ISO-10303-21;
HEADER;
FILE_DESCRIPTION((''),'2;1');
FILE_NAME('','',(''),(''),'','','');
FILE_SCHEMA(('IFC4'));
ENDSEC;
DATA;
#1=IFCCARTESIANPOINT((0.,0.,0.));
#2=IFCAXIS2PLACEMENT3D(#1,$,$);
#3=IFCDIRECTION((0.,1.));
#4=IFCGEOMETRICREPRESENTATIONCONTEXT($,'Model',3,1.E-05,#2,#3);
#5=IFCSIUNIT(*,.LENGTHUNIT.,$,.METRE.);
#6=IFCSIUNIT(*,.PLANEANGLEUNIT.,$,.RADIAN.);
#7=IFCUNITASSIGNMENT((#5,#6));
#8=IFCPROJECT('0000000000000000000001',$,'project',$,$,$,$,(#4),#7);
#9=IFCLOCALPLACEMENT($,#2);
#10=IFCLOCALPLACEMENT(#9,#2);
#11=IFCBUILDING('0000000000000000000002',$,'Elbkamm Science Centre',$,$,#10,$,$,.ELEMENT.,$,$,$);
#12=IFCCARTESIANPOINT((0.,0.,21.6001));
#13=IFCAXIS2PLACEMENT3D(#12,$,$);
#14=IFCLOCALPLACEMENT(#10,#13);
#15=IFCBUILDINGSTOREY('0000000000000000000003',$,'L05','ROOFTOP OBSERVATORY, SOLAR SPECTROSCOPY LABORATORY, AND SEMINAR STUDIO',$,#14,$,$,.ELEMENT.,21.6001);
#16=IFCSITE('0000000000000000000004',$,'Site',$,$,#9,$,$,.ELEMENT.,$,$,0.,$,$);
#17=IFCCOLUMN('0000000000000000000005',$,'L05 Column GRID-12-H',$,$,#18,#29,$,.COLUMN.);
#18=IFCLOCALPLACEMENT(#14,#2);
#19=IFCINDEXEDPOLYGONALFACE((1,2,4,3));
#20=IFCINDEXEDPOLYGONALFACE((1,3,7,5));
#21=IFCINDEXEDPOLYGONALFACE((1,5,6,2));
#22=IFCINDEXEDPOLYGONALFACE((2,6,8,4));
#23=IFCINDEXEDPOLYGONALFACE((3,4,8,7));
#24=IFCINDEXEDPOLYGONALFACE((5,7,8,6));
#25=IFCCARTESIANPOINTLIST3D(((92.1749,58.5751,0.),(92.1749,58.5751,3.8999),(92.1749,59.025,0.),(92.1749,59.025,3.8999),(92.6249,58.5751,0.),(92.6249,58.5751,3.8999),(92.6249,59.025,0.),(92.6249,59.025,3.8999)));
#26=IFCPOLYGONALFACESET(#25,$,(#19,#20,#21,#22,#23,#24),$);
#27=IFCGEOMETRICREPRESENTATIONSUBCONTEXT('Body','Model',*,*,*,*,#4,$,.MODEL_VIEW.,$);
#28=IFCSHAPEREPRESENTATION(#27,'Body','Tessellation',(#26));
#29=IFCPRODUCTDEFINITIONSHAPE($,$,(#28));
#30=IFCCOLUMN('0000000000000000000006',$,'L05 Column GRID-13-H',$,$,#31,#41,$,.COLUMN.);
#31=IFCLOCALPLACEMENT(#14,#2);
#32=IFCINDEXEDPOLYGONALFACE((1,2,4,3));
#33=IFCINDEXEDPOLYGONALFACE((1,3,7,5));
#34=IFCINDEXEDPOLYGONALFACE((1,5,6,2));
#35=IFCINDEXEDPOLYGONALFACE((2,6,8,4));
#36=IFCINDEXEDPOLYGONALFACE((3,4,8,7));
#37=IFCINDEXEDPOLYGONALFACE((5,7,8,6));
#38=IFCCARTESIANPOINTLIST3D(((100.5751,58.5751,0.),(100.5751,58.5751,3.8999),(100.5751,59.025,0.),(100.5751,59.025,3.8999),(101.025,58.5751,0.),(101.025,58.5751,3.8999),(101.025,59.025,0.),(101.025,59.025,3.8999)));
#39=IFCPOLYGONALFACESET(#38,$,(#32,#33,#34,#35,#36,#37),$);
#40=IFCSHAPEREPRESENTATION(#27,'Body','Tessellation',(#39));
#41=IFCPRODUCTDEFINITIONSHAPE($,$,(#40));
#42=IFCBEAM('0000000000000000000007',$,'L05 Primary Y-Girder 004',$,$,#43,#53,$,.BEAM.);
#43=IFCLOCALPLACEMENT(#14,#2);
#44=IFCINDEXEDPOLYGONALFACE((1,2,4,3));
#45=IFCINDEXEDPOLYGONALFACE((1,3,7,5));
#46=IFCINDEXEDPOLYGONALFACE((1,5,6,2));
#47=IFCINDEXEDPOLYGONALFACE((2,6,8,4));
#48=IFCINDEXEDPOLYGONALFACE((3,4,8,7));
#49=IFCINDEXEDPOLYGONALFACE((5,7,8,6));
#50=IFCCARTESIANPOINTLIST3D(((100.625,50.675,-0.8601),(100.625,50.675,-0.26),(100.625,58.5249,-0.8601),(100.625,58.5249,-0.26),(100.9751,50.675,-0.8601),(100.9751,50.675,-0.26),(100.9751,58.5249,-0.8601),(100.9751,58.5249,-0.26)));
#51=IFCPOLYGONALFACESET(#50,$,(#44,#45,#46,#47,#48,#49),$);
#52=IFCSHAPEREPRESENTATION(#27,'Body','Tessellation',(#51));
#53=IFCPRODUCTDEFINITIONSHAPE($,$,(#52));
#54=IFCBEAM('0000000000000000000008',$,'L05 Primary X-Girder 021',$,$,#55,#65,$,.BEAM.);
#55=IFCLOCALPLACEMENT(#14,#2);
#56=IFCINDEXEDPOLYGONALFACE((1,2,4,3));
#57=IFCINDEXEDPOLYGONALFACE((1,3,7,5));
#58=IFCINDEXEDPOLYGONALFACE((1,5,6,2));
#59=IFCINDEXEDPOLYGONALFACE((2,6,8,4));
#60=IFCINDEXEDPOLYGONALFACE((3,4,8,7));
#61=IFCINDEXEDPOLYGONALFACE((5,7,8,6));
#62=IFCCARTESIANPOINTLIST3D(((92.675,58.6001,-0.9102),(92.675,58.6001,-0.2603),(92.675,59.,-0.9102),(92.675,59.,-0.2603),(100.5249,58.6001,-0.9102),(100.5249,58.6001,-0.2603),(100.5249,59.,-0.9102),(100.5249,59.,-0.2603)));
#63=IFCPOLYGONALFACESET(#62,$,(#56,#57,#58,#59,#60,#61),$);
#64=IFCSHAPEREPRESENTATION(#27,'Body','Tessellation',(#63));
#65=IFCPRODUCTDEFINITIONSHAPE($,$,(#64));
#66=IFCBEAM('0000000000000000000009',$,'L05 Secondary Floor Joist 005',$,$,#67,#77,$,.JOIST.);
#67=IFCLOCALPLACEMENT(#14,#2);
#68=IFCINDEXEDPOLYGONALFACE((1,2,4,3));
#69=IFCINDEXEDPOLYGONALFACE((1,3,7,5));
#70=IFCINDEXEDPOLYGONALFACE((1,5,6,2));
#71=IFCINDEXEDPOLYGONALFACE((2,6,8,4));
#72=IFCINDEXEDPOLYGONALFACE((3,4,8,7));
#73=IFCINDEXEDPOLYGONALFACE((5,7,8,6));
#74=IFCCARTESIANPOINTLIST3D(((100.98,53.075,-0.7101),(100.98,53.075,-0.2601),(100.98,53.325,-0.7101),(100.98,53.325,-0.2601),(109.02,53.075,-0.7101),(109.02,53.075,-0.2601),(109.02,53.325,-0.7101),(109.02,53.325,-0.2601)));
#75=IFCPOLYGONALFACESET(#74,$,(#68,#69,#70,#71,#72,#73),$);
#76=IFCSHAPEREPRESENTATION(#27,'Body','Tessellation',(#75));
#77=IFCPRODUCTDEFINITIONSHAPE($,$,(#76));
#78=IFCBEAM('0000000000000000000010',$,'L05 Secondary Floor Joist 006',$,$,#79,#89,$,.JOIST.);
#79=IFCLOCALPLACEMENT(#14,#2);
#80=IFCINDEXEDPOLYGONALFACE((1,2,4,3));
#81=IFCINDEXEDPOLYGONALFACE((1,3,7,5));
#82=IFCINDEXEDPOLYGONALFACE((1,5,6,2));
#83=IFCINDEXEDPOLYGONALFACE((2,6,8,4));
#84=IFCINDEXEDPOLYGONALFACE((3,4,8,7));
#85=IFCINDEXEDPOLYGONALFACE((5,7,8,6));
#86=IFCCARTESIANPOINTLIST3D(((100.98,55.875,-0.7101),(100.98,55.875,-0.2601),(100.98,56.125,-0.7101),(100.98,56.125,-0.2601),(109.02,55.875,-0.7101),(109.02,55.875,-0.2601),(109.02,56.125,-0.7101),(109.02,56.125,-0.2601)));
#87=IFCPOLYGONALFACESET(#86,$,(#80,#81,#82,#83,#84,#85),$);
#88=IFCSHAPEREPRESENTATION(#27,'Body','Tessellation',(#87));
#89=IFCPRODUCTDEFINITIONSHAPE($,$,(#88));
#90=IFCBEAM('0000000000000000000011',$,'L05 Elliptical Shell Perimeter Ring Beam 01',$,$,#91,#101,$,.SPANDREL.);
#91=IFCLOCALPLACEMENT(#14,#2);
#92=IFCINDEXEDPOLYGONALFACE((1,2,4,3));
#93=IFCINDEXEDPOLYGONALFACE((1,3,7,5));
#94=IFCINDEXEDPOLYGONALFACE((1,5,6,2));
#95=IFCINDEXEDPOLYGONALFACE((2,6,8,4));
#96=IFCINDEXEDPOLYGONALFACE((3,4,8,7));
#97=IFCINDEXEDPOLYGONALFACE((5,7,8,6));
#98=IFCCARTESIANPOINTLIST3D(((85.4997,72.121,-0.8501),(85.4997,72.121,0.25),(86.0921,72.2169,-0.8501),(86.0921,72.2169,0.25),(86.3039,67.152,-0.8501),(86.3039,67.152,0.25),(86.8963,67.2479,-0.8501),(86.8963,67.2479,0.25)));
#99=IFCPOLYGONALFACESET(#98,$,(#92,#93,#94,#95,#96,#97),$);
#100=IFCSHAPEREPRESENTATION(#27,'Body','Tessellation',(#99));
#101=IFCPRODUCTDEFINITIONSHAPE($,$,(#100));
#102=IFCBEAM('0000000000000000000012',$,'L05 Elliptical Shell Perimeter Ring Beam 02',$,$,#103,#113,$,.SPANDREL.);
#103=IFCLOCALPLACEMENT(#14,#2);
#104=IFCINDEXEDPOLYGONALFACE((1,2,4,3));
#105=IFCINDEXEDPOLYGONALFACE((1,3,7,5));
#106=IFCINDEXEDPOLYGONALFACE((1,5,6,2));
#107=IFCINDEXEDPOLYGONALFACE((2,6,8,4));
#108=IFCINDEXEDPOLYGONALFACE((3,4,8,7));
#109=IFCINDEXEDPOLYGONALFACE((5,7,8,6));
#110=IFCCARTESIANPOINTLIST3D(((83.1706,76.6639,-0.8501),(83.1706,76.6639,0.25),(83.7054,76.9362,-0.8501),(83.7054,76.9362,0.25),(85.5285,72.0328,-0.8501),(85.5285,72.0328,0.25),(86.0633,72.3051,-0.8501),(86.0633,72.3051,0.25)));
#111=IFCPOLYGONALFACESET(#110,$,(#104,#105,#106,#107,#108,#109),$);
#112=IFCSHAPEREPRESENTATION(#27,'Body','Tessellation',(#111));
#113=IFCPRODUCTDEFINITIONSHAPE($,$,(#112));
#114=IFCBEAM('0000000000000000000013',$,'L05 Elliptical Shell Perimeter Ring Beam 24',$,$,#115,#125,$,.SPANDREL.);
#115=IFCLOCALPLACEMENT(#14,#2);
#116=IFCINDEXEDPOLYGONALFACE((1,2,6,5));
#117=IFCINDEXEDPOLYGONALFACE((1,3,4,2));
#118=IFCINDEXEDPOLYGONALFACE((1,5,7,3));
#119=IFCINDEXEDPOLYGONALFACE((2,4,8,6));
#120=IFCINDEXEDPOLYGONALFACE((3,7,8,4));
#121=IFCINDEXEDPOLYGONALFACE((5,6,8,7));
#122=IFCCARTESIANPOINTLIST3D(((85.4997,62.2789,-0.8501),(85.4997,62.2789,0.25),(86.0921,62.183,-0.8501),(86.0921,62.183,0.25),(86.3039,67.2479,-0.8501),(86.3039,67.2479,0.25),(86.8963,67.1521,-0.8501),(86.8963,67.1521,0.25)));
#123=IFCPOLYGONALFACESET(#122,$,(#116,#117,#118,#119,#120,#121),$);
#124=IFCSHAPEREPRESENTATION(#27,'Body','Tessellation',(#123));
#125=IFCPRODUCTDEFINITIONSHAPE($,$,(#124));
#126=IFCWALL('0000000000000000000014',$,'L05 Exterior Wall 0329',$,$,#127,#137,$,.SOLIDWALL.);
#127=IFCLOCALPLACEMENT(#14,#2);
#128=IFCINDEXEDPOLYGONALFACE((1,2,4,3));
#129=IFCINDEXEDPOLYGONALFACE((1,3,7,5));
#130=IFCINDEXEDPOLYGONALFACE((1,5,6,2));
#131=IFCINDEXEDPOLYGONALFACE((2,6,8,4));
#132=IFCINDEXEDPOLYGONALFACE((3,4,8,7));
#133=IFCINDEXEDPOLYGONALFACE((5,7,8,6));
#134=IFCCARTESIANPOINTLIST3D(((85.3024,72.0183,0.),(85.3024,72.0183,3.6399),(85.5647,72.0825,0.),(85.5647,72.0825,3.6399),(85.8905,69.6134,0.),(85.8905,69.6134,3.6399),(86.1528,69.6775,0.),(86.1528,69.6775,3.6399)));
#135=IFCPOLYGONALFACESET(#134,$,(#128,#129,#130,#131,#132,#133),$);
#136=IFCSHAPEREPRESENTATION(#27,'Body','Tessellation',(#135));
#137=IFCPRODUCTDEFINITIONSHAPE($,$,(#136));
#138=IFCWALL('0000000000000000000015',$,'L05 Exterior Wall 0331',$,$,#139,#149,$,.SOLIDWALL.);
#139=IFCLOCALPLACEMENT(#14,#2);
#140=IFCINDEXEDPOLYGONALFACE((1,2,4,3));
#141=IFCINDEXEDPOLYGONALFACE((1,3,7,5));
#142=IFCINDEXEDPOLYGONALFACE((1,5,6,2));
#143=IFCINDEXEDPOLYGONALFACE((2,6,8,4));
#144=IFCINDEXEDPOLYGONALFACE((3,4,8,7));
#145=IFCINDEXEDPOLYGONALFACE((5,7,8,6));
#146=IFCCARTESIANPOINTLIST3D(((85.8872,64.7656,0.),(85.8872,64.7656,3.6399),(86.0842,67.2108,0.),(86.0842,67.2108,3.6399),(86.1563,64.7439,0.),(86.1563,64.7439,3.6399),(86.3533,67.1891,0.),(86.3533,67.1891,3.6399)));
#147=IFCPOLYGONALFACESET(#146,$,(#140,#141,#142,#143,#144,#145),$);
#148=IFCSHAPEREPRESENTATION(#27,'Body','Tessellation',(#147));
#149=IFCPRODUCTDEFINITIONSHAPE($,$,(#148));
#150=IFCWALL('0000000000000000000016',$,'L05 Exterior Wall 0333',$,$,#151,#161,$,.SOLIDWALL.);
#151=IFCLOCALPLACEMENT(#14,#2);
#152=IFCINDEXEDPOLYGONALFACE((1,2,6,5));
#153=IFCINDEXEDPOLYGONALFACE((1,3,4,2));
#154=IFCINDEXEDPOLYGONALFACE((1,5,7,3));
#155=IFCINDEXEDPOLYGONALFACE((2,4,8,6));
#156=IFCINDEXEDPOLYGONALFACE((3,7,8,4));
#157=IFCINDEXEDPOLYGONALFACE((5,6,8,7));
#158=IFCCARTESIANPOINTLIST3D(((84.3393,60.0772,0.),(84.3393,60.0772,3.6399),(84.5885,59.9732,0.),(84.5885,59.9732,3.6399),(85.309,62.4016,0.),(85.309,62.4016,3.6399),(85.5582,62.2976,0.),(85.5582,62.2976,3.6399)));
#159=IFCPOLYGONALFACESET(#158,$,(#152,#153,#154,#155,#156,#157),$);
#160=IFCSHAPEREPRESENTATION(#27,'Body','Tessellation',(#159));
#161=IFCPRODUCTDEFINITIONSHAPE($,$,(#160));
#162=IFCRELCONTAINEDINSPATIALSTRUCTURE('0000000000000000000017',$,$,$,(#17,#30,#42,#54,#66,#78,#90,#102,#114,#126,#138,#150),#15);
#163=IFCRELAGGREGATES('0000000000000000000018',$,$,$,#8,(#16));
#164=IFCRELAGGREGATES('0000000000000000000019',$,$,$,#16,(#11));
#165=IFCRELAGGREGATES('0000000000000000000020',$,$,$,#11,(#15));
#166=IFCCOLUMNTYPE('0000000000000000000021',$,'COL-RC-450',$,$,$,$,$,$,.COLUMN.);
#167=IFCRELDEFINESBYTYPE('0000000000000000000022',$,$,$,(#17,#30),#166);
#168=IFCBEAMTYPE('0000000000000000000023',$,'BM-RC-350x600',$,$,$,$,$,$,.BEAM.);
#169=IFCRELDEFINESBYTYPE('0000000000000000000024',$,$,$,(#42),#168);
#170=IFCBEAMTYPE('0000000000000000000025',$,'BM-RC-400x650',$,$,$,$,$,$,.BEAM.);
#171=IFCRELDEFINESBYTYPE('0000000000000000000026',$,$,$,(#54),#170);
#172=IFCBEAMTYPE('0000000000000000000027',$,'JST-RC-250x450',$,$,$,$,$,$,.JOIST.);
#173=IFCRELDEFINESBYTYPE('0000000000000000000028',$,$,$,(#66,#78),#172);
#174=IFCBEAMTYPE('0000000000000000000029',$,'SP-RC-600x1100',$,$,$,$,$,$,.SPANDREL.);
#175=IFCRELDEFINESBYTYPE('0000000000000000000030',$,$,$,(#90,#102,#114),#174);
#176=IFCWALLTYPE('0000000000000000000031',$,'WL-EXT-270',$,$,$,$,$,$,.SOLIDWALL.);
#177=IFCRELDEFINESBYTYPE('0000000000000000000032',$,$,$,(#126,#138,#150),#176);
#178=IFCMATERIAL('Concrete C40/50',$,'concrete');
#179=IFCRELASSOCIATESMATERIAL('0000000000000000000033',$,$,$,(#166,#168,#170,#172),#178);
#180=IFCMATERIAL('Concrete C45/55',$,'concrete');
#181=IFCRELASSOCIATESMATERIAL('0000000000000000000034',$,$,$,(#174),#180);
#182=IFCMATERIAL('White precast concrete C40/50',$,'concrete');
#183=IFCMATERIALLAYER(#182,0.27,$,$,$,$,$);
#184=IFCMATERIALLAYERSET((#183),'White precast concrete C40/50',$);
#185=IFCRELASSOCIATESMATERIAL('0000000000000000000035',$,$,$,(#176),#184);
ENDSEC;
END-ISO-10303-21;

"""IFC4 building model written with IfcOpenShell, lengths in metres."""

from ifc_helpers import new_model, si_unit, direction, frame, frame_2d, origin, origin_2d, place, context, subcontext, project, spatial, rectangle, extrude, material, layer, layer_set, material_profile, profile_set, type_object, element, save


model = new_model("IFC4")

# Units and contexts
model_context = context("Model", 3, precision=1e-05, world=origin(), true_north=direction((0.0, 1.0)))
body_context = subcontext(model_context, "Body", "Model", "MODEL_VIEW")
ifc_project = project(units=[si_unit("LENGTHUNIT", "METRE"), si_unit("PLANEANGLEUNIT", "RADIAN")], contexts=[model_context])

# Site, building, storey
site_placement = place(None, origin())
site = spatial("IfcSite", under=ifc_project, at=site_placement, Name="Site", CompositionType="ELEMENT", RefElevation=0.0)
building_placement = place(site_placement, origin())
building = spatial("IfcBuilding", under=site, at=building_placement, Name="Elbkamm Science Centre", CompositionType="ELEMENT")
storey_placement = place(building_placement, frame((0.0, 0.0, 21.6001)))
storey = spatial("IfcBuildingStorey", under=building, at=storey_placement, Name="L05", Description="ROOFTOP OBSERVATORY, SOLAR SPECTROSCOPY LABORATORY, AND SEMINAR STUDIO", CompositionType="ELEMENT", Elevation=21.6001)

# Columns
ifc_material_1 = material(Name="Concrete C40/50", Category="concrete")
ifc_material_profile_1 = material_profile(ifc_material_1, rectangle(XDim=0.45, YDim=0.45, at=origin_2d()), Name="RC 450x450")
ifc_profile_set_1 = profile_set([ifc_material_profile_1], Name="Concrete C40/50")
column_type = type_object("IfcColumnType", Name="COL-RC-450", PredefinedType="COLUMN", material=ifc_profile_set_1)
for number, where, z_axis, x_axis, name in (
    (1, (92.3999, 58.8, 0.0), (0.0, 0.0, 1.0), (1.0, 0.0, 0.0), "L05 Column GRID-12-H"),
    (2, (100.8, 58.8, 0.0), (0.0, 0.0, 1.0), (1.0, 0.0, 0.0), "L05 Column GRID-13-H"),
):
    element("IfcColumn", number, at=place(storey_placement, frame(where, z_axis=z_axis, x_axis=x_axis)), inside=storey, type_object=column_type, Name=name, PredefinedType="COLUMN", context=body_context, shape_type="SweptSolid", body=[
        extrude(rectangle(XDim=0.45, YDim=0.45, at=origin_2d()), origin(), (0.0, 0.0, 1.0), 3.8999),
    ])

# Beams
ifc_material_profile_2 = material_profile(ifc_material_1, rectangle(XDim=0.3501, YDim=0.6001, at=origin_2d()), Name="RC 350x600")
ifc_profile_set_2 = profile_set([ifc_material_profile_2], Name="Concrete C40/50")
beam_type_1 = type_object("IfcBeamType", Name="BM-RC-350x600", PredefinedType="BEAM", material=ifc_profile_set_2)
beam_1_placement = place(storey_placement, frame((100.8, 50.675, -0.5601), z_axis=(0.0, 1.0, 0.0), x_axis=(-1.0, 0.0, 0.0)))
element("IfcBeam", 3, at=beam_1_placement, inside=storey, type_object=beam_type_1, Name="L05 Primary Y-Girder 004", PredefinedType="BEAM", context=body_context, shape_type="SweptSolid", body=[
    extrude(rectangle(XDim=0.3501, YDim=0.6001, at=origin_2d()), origin(), (0.0, 0.0, 1.0), 7.8499),
])
ifc_material_profile_3 = material_profile(ifc_material_1, rectangle(XDim=0.3999, YDim=0.6499, at=origin_2d()), Name="RC 400x650")
ifc_profile_set_3 = profile_set([ifc_material_profile_3], Name="Concrete C40/50")
beam_type_2 = type_object("IfcBeamType", Name="BM-RC-400x650", PredefinedType="BEAM", material=ifc_profile_set_3)
beam_2_placement = place(storey_placement, frame((92.675, 58.8, -0.5852), z_axis=(1.0, 0.0, 0.0), x_axis=(0.0, 1.0, 0.0)))
element("IfcBeam", 4, at=beam_2_placement, inside=storey, type_object=beam_type_2, Name="L05 Primary X-Girder 021", PredefinedType="BEAM", context=body_context, shape_type="SweptSolid", body=[
    extrude(rectangle(XDim=0.3999, YDim=0.6499, at=origin_2d()), origin(), (0.0, 0.0, 1.0), 7.8499),
])
ifc_material_profile_4 = material_profile(ifc_material_1, rectangle(XDim=0.25, YDim=0.45, at=origin_2d()), Name="RC 250x450")
ifc_profile_set_4 = profile_set([ifc_material_profile_4], Name="Concrete C40/50")
beam_type_3 = type_object("IfcBeamType", Name="JST-RC-250x450", PredefinedType="JOIST", material=ifc_profile_set_4)
for number, where, z_axis, x_axis, name in (
    (5, (100.98, 53.2, -0.4851), (1.0, 0.0, 0.0), (0.0, 1.0, 0.0), "L05 Secondary Floor Joist 005"),
    (6, (100.98, 56.0, -0.4851), (1.0, 0.0, 0.0), (0.0, 1.0, 0.0), "L05 Secondary Floor Joist 006"),
):
    element("IfcBeam", number, at=place(storey_placement, frame(where, z_axis=z_axis, x_axis=x_axis)), inside=storey, type_object=beam_type_3, Name=name, PredefinedType="JOIST", context=body_context, shape_type="SweptSolid", body=[
        extrude(rectangle(XDim=0.25, YDim=0.45, at=origin_2d()), origin(), (0.0, 0.0, 1.0), 8.04),
    ])
ifc_material_2 = material(Name="Concrete C45/55", Category="concrete")
ifc_material_profile_5 = material_profile(ifc_material_2, rectangle(XDim=0.6001, YDim=1.1001, at=origin_2d()), Name="RC 600x1100")
ifc_profile_set_5 = profile_set([ifc_material_profile_5], Name="Concrete C45/55")
beam_type_4 = type_object("IfcBeamType", Name="SP-RC-600x1100", PredefinedType="SPANDREL", material=ifc_profile_set_5)
beam_3_placement = place(storey_placement, frame((86.6001, 67.2, -0.3), z_axis=(-0.159765, 0.987155, 0.0), x_axis=(-0.987155, -0.159765, 0.0)))
element("IfcBeam", 7, at=beam_3_placement, inside=storey, type_object=beam_type_4, Name="L05 Elliptical Shell Perimeter Ring Beam 01", PredefinedType="SPANDREL", context=body_context, shape_type="SweptSolid", body=[
    extrude(rectangle(XDim=0.6001, YDim=1.1001, at=origin_2d()), origin(), (0.0, 0.0, 1.0), 5.0337),
])
beam_4_placement = place(storey_placement, frame((85.7959, 72.1689, -0.3), z_axis=(-0.453722, 0.891143, 0.0), x_axis=(-0.891143, -0.453722, 0.0)))
element("IfcBeam", 8, at=beam_4_placement, inside=storey, type_object=beam_type_4, Name="L05 Elliptical Shell Perimeter Ring Beam 02", PredefinedType="SPANDREL", context=body_context, shape_type="SweptSolid", body=[
    extrude(rectangle(XDim=0.6001, YDim=1.1001, at=origin_2d()), origin(), (0.0, 0.0, 1.0), 5.1968),
])
beam_5_placement = place(storey_placement, frame((85.7959, 62.231, -0.3), z_axis=(0.159765, 0.987155, 0.0), x_axis=(-0.987155, 0.159765, 0.0)))
element("IfcBeam", 9, at=beam_5_placement, inside=storey, type_object=beam_type_4, Name="L05 Elliptical Shell Perimeter Ring Beam 24", PredefinedType="SPANDREL", context=body_context, shape_type="SweptSolid", body=[
    extrude(rectangle(XDim=0.6001, YDim=1.1001, at=origin_2d()), origin(), (0.0, 0.0, 1.0), 5.0337),
])

# Walls
ifc_material_3 = material(Name="White precast concrete C40/50", Category="concrete")
ifc_layer_1 = layer(ifc_material_3, 0.27)
ifc_layer_set_1 = layer_set([ifc_layer_1], Name="White precast concrete C40/50")
wall_type_1 = type_object("IfcWallType", Name="WL-EXT-270", PredefinedType="SOLIDWALL", material=ifc_layer_set_1)
wall_1_placement = place(storey_placement, frame((85.4336, 72.0503, 0.0), z_axis=(0.0, 0.0, 1.0), x_axis=(0.237544, -0.971377, 0.0)))
element("IfcWall", 10, at=wall_1_placement, inside=storey, type_object=wall_type_1, Name="L05 Exterior Wall 0329", PredefinedType="SOLIDWALL", context=body_context, shape_type="SweptSolid", body=[
    extrude(rectangle(XDim=2.4758, YDim=0.27, at=frame_2d((1.2378, 0.0))), origin(), (0.0, 0.0, 1.0), 3.6399),
])
wall_2_placement = place(storey_placement, frame((86.2188, 67.2, 0.0), z_axis=(0.0, 0.0, 1.0), x_axis=(-0.080311, -0.99677, 0.0)))
element("IfcWall", 11, at=wall_2_placement, inside=storey, type_object=wall_type_1, Name="L05 Exterior Wall 0331", PredefinedType="SOLIDWALL", context=body_context, shape_type="SweptSolid", body=[
    extrude(rectangle(XDim=2.4531, YDim=0.27, at=frame_2d((1.2266, 0.0))), origin(), (0.0, 0.0, 1.0), 3.6399),
])
wall_3_placement = place(storey_placement, frame((85.4336, 62.3496, 0.0), z_axis=(0.0, 0.0, 1.0), x_axis=(-0.385021, -0.922908, 0.0)))
element("IfcWall", 12, at=wall_3_placement, inside=storey, type_object=wall_type_1, Name="L05 Exterior Wall 0333", PredefinedType="SOLIDWALL", context=body_context, shape_type="SweptSolid", body=[
    extrude(rectangle(XDim=2.5186, YDim=0.27, at=frame_2d((1.2593, 0.0))), origin(), (0.0, 0.0, 1.0), 3.6399),
])

save(model, "model.ifc")
